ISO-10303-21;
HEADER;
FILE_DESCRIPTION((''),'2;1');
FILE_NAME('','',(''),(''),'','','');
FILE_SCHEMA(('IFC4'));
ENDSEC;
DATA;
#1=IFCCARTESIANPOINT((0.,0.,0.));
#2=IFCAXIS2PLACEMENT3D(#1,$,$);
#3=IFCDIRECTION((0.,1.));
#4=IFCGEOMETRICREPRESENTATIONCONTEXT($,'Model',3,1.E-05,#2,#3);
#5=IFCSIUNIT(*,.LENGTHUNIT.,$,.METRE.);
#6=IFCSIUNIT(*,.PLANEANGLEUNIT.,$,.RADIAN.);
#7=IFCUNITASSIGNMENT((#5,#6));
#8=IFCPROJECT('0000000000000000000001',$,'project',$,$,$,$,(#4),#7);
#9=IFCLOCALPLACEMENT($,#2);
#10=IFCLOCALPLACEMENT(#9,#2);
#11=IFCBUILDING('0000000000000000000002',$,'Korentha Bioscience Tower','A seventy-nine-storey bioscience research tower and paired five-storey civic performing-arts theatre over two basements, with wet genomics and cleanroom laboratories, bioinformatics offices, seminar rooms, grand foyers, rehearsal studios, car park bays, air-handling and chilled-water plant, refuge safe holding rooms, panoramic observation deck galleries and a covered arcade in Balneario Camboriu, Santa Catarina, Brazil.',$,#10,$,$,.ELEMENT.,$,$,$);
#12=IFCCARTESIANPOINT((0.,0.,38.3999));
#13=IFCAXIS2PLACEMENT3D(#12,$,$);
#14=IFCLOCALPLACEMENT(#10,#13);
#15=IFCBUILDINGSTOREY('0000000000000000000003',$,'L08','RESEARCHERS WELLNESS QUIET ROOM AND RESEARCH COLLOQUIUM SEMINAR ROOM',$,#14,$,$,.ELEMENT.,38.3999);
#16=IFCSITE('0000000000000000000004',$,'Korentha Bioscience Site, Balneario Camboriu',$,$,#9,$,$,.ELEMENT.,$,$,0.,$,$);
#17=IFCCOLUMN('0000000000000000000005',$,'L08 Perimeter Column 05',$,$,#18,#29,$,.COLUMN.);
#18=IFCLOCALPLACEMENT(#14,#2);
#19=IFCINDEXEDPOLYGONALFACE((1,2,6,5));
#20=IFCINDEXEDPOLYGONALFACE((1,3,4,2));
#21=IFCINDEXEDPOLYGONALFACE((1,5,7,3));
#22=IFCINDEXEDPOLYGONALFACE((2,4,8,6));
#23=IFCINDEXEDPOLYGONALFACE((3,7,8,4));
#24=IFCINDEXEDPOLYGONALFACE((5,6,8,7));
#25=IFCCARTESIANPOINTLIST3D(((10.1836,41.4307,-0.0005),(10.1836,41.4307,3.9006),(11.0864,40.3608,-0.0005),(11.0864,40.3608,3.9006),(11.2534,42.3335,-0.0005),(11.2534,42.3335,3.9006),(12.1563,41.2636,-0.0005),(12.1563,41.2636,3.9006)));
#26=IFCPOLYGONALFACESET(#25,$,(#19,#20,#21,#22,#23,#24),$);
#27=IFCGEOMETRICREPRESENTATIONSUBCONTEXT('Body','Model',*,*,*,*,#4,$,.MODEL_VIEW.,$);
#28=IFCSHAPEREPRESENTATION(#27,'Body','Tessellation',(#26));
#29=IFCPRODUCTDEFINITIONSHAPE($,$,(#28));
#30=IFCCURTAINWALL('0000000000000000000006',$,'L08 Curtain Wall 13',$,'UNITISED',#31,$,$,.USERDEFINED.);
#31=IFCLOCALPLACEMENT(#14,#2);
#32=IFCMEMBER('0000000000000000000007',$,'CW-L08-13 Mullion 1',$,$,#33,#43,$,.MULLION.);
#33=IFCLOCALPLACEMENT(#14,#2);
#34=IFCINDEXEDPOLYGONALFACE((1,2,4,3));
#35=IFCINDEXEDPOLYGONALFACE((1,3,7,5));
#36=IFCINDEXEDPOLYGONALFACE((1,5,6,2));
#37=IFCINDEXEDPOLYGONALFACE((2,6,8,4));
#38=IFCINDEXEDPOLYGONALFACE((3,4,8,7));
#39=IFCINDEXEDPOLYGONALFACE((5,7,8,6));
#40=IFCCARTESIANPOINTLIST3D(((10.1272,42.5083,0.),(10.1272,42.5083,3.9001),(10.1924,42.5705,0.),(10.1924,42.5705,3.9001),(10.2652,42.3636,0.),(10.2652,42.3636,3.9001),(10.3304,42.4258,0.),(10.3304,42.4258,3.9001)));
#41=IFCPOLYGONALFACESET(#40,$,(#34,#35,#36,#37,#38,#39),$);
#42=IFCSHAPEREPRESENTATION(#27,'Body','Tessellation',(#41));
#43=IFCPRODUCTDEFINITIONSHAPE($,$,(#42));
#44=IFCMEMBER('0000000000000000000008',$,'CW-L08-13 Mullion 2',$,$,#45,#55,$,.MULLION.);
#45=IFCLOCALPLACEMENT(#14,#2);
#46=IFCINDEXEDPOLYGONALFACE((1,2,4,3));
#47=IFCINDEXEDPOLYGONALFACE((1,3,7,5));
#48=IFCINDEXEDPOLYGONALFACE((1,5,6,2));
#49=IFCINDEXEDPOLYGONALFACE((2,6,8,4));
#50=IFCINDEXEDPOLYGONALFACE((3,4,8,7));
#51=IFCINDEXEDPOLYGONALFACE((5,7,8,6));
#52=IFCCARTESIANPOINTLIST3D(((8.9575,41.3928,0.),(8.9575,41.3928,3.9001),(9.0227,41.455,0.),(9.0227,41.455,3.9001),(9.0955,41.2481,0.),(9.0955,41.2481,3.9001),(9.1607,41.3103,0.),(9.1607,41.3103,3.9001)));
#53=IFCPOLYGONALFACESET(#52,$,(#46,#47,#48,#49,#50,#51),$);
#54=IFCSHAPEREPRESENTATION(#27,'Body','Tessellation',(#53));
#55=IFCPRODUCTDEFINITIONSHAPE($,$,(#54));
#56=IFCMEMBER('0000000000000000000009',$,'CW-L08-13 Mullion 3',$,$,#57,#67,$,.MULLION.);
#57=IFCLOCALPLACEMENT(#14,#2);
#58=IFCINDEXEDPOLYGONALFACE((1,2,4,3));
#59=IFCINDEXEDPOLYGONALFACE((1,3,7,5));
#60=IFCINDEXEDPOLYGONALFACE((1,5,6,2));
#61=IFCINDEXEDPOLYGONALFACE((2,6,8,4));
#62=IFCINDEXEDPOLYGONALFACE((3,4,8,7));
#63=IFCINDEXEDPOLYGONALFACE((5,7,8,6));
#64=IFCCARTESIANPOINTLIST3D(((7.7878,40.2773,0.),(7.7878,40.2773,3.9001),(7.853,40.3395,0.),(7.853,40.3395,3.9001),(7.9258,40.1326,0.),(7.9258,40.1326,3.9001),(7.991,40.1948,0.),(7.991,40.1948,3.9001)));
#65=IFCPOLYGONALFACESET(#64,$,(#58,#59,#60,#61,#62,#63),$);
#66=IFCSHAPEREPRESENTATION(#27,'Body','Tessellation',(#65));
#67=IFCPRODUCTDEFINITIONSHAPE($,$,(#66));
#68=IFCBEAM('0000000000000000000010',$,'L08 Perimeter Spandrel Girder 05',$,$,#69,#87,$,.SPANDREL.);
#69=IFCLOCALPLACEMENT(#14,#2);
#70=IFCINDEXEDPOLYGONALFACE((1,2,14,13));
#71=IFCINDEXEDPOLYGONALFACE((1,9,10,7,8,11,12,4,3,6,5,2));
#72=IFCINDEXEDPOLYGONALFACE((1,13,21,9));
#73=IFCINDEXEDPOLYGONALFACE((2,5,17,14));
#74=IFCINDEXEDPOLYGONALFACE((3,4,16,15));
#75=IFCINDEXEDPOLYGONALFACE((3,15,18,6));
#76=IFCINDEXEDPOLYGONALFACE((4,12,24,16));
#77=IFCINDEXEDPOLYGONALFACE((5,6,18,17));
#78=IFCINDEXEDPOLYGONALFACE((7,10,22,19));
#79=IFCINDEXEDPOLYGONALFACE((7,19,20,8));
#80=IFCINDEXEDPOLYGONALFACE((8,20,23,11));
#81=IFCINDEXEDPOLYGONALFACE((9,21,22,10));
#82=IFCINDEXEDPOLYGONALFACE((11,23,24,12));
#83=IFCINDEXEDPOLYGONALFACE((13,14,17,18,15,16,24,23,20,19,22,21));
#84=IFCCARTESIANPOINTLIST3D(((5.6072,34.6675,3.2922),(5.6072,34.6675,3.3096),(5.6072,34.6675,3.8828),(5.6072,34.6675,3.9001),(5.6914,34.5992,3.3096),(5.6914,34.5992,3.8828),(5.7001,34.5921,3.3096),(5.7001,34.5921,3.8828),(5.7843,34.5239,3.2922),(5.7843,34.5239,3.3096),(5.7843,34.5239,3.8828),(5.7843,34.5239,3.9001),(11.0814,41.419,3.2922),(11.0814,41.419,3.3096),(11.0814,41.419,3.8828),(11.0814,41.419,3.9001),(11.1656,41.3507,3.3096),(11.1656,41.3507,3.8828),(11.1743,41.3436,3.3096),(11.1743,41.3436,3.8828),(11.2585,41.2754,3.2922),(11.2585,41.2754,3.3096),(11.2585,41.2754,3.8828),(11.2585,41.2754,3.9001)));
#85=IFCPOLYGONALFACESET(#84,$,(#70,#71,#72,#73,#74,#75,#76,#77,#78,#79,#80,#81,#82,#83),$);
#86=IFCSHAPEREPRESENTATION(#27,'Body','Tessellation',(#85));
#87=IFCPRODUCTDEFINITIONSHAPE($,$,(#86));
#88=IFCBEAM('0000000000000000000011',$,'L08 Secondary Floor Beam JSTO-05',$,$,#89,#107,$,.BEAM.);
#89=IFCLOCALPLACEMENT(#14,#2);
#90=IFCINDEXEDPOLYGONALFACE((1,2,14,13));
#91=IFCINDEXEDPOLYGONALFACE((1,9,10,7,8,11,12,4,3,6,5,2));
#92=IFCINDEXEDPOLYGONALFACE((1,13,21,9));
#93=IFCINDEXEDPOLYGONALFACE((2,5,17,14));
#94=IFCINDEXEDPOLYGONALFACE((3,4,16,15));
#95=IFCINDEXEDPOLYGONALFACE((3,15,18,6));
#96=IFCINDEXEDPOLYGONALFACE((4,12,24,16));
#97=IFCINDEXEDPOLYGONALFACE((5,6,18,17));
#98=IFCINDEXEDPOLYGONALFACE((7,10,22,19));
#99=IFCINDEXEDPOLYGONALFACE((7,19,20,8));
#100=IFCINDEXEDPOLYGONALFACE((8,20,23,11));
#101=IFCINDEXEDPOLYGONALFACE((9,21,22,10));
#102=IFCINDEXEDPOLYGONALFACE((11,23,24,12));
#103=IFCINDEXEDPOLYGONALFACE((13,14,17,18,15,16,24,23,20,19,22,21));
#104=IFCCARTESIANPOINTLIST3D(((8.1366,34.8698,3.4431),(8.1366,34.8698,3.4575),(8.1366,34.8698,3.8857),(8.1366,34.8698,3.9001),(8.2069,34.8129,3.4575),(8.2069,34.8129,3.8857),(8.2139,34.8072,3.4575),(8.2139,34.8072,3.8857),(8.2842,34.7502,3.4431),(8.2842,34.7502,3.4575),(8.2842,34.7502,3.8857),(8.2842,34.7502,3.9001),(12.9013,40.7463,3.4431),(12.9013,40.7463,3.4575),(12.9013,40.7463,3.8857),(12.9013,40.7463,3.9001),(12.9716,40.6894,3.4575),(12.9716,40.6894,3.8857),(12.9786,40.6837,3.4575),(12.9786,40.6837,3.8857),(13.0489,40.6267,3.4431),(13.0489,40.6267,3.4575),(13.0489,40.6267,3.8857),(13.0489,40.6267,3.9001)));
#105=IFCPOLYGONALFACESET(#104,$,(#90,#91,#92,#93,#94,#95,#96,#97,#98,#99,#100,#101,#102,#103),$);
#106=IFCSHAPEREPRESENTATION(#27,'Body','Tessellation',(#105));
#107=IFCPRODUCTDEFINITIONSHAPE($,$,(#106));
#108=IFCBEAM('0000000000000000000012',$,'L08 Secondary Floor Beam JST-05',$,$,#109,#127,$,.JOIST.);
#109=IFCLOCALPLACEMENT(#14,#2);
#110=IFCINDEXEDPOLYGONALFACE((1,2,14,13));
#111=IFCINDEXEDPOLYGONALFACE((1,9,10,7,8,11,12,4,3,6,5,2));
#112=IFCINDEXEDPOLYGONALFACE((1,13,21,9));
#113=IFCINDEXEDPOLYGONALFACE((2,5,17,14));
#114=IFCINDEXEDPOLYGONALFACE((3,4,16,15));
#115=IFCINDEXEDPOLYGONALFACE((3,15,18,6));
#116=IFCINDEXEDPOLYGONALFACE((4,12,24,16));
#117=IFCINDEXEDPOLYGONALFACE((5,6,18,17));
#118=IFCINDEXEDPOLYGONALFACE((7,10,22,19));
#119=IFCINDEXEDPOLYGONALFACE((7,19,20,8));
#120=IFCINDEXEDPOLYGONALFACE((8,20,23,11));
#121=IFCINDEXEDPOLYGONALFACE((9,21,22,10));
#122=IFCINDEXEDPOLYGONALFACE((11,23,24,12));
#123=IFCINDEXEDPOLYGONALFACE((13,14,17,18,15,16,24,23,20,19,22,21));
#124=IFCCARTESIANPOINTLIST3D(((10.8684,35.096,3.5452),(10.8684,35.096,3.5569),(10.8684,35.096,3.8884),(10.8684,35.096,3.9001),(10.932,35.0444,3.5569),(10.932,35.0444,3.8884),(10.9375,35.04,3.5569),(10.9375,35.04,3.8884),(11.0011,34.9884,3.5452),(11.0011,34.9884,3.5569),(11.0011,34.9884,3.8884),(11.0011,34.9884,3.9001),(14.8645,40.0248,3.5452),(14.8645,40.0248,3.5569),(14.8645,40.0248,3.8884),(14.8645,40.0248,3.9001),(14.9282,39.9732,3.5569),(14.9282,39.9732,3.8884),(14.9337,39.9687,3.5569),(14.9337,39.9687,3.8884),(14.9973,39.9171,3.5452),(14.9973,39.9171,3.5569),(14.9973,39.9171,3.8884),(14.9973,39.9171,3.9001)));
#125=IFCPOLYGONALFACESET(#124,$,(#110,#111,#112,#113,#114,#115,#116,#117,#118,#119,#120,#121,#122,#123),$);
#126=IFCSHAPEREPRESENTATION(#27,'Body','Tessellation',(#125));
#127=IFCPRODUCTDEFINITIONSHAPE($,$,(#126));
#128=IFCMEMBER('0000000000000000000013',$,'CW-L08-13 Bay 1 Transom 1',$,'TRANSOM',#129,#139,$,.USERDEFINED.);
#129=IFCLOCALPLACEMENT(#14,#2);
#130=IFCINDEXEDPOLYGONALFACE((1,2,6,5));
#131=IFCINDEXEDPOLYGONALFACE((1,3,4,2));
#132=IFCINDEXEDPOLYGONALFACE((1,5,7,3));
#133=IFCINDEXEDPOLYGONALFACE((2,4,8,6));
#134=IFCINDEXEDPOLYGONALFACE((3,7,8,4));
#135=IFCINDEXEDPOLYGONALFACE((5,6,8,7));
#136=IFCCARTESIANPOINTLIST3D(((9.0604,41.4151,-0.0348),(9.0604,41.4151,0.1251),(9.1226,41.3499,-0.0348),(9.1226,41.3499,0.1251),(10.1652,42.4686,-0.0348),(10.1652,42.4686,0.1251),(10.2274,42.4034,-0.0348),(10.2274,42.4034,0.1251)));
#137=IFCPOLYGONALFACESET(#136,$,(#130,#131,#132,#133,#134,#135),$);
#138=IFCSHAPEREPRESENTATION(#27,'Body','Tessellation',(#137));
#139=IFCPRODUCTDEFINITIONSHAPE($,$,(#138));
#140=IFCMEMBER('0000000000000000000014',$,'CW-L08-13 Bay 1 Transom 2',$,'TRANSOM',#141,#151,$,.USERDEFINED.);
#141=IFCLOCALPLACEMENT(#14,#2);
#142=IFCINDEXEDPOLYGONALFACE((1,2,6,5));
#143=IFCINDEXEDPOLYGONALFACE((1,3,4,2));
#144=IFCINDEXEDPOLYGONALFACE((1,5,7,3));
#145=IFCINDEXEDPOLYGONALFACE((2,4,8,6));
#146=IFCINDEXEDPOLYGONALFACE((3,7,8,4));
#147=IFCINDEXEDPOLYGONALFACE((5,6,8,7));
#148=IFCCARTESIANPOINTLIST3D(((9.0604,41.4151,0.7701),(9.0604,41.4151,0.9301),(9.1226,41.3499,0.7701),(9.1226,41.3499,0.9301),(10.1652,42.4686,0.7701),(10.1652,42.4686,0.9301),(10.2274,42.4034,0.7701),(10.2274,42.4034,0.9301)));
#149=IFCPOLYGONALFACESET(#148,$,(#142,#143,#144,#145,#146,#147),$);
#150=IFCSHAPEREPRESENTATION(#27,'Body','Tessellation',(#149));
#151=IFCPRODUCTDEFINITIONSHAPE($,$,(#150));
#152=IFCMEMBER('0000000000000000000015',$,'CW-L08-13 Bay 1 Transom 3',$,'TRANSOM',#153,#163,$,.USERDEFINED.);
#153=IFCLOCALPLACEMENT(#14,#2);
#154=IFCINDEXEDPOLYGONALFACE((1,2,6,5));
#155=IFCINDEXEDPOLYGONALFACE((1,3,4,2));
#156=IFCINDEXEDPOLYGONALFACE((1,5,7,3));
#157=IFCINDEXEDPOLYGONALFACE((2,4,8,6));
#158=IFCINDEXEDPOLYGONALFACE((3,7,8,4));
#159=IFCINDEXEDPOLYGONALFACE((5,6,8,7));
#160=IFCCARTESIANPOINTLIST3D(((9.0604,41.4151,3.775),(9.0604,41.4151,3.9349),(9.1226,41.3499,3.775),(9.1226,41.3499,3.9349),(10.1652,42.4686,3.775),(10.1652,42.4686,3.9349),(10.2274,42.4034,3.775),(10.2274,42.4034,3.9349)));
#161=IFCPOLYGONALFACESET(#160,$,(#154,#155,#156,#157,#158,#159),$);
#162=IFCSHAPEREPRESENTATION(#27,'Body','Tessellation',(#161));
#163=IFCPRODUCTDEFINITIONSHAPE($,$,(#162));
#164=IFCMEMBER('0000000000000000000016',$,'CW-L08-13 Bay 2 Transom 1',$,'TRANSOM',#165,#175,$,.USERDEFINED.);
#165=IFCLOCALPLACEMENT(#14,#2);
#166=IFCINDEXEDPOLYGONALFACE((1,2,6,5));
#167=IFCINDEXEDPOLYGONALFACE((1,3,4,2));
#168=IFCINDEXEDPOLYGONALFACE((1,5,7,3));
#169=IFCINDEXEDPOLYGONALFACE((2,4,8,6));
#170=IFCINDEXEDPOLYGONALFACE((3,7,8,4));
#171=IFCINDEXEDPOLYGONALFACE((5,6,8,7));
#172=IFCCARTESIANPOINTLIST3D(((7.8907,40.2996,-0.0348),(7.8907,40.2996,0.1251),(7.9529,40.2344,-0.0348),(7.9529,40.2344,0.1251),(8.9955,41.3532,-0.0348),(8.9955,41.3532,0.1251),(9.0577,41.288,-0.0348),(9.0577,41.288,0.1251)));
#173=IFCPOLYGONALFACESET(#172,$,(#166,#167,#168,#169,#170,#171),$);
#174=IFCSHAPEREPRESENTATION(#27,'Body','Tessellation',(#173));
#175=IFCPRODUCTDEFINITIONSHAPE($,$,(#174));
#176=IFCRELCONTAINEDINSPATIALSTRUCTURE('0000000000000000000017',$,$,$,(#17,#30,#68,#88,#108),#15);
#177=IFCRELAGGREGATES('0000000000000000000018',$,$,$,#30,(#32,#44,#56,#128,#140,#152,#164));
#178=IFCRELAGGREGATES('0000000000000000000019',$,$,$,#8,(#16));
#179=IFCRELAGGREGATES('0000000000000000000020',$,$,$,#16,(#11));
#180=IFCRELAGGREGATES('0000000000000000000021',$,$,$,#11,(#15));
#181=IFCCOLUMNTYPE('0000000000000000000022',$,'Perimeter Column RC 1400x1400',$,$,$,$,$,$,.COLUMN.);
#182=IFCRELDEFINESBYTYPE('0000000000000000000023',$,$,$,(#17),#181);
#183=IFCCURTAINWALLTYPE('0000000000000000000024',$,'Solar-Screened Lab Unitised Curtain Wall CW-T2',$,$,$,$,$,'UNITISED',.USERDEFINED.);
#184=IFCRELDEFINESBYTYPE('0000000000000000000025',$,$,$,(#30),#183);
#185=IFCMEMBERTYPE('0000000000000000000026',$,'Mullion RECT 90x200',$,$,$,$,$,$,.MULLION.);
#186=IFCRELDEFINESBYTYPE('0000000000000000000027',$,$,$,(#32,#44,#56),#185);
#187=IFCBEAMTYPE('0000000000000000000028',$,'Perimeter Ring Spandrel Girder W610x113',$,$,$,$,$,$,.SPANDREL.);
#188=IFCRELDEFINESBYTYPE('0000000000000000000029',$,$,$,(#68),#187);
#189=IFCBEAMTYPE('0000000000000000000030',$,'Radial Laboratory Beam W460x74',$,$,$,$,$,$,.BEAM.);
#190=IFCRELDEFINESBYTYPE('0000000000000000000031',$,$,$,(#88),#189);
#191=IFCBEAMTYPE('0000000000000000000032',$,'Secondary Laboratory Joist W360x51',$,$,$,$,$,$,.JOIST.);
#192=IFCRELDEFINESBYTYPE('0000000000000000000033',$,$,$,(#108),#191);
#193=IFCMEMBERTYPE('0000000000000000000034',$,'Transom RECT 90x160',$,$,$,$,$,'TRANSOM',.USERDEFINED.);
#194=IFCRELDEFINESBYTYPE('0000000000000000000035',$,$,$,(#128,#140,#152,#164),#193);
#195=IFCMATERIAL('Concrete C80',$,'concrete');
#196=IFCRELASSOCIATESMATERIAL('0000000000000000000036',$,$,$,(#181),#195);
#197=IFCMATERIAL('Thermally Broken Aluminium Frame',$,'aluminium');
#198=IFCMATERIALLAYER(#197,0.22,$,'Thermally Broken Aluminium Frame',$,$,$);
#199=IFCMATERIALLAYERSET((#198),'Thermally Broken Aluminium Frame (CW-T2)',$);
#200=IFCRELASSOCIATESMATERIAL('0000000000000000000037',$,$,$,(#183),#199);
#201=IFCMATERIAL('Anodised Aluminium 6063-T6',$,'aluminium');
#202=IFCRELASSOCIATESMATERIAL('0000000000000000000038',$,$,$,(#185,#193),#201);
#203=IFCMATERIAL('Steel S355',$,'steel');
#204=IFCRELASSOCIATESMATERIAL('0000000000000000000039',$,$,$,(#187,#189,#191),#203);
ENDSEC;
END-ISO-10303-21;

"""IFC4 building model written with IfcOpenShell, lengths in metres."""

from ifc_helpers import new_model, si_unit, direction, frame, origin, origin_2d, place, context, subcontext, project, spatial, rectangle, i_section, extrude, material, layer, layer_set, material_profile, profile_set, type_object, element, aggregate, save


model = new_model("IFC4")

# Units and contexts
model_context = context("Model", 3, precision=1e-05, world=origin(), true_north=direction((0.0, 1.0)))
body_context = subcontext(model_context, "Body", "Model", "MODEL_VIEW")
ifc_project = project(units=[si_unit("LENGTHUNIT", "METRE"), si_unit("PLANEANGLEUNIT", "RADIAN")], contexts=[model_context])

# Site, building, storey
site_placement = place(None, origin())
site = spatial("IfcSite", under=ifc_project, at=site_placement, Name="Korentha Bioscience Site, Balneario Camboriu", CompositionType="ELEMENT", RefElevation=0.0)
building_placement = place(site_placement, origin())
building = spatial("IfcBuilding", under=site, at=building_placement, Name="Korentha Bioscience Tower", Description="A seventy-nine-storey bioscience research tower and paired five-storey civic performing-arts theatre over two basements, with wet genomics and cleanroom laboratories, bioinformatics offices, seminar rooms, grand foyers, rehearsal studios, car park bays, air-handling and chilled-water plant, refuge safe holding rooms, panoramic observation deck galleries and a covered arcade in Balneario Camboriu, Santa Catarina, Brazil.", CompositionType="ELEMENT")
storey_placement = place(building_placement, frame((0.0, 0.0, 38.3999)))
storey = spatial("IfcBuildingStorey", under=building, at=storey_placement, Name="L08", Description="RESEARCHERS WELLNESS QUIET ROOM AND RESEARCH COLLOQUIUM SEMINAR ROOM", CompositionType="ELEMENT", Elevation=38.3999)

# Column
ifc_material_1 = material(Name="Concrete C80", Category="concrete")
ifc_material_profile_1 = material_profile(ifc_material_1, rectangle(XDim=1.3999, YDim=1.3999, at=origin_2d()), Name="Concrete C80")
ifc_profile_set_1 = profile_set([ifc_material_profile_1], Name="Concrete C80 (COL-P14)")
column_type = type_object("IfcColumnType", Name="Perimeter Column RC 1400x1400", PredefinedType="COLUMN", material=ifc_profile_set_1)
column_placement = place(storey_placement, frame((11.1699, 41.3472, -0.0005), z_axis=(0.0, 0.0, 1.0), x_axis=(0.764246, 0.644924, 0.0)))
element("IfcColumn", 1, at=column_placement, inside=storey, type_object=column_type, Name="L08 Perimeter Column 05", PredefinedType="COLUMN", context=body_context, shape_type="SweptSolid", body=[
    extrude(rectangle(XDim=1.3999, YDim=1.3999, at=origin_2d()), origin(), (0.0, 0.0, 1.0), 3.9011),
])

# Curtain wall, members
ifc_material_2 = material(Name="Thermally Broken Aluminium Frame", Category="aluminium")
ifc_layer_1 = layer(ifc_material_2, 0.22, Name="Thermally Broken Aluminium Frame")
ifc_layer_set_1 = layer_set([ifc_layer_1], Name="Thermally Broken Aluminium Frame (CW-T2)")
curtain_wall_type = type_object("IfcCurtainWallType", Name="Solar-Screened Lab Unitised Curtain Wall CW-T2", ElementType="UNITISED", PredefinedType="USERDEFINED", material=ifc_layer_set_1)
curtain_wall_placement = place(storey_placement, origin())
curtain_wall = element("IfcCurtainWall", 2, at=curtain_wall_placement, inside=storey, type_object=curtain_wall_type, Name="L08 Curtain Wall 13", ObjectType="UNITISED", PredefinedType="USERDEFINED")
ifc_material_3 = material(Name="Anodised Aluminium 6063-T6", Category="aluminium")
ifc_material_profile_2 = material_profile(ifc_material_3, rectangle(XDim=0.0901, YDim=0.2, at=origin_2d()), Name="Anodised Aluminium 6063-T6")
ifc_profile_set_2 = profile_set([ifc_material_profile_2], Name="Anodised Aluminium 6063-T6 (CW-MUL)")
member_type_1 = type_object("IfcMemberType", Name="Mullion RECT 90x200", PredefinedType="MULLION", material=ifc_profile_set_2)
member_1_placement = place(storey_placement, frame((10.2288, 42.467, 0.0), z_axis=(0.0, 0.0, 1.0), x_axis=(-0.723642, -0.690176, 0.0)))
member_1 = element("IfcMember", 3, at=member_1_placement, type_object=member_type_1, Name="CW-L08-13 Mullion 1", PredefinedType="MULLION", context=body_context, shape_type="SweptSolid", body=[
    extrude(rectangle(XDim=0.0901, YDim=0.2, at=origin_2d()), origin(), (0.0, 0.0, 1.0), 3.9001),
])
member_2_placement = place(storey_placement, frame((9.0591, 41.3516, 0.0), z_axis=(0.0, 0.0, 1.0), x_axis=(-0.723642, -0.690176, 0.0)))
member_2 = element("IfcMember", 4, at=member_2_placement, type_object=member_type_1, Name="CW-L08-13 Mullion 2", PredefinedType="MULLION", context=body_context, shape_type="SweptSolid", body=[
    extrude(rectangle(XDim=0.0901, YDim=0.2, at=origin_2d()), origin(), (0.0, 0.0, 1.0), 3.9001),
])
member_3_placement = place(storey_placement, frame((7.8894, 40.2361, 0.0), z_axis=(0.0, 0.0, 1.0), x_axis=(-0.723642, -0.690176, 0.0)))
member_3 = element("IfcMember", 5, at=member_3_placement, type_object=member_type_1, Name="CW-L08-13 Mullion 3", PredefinedType="MULLION", context=body_context, shape_type="SweptSolid", body=[
    extrude(rectangle(XDim=0.0901, YDim=0.2, at=origin_2d()), origin(), (0.0, 0.0, 1.0), 3.9001),
])

# Beams
ifc_material_4 = material(Name="Steel S355", Category="steel")
ifc_material_profile_3 = material_profile(ifc_material_4, i_section(OverallWidth=0.228, OverallDepth=0.6079, WebThickness=0.0112, FlangeThickness=0.0173, at=origin_2d()), Name="Steel S355")
ifc_profile_set_3 = profile_set([ifc_material_profile_3], Name="Steel S355 (SB-610)")
beam_type_1 = type_object("IfcBeamType", Name="Perimeter Ring Spandrel Girder W610x113", PredefinedType="SPANDREL", material=ifc_profile_set_3)
beam_1_placement = place(storey_placement, frame((11.1699, 41.3472, 3.5962), z_axis=(-0.629799, -0.776758, 0.0), x_axis=(0.776758, -0.629799, 0.0)))
element("IfcBeam", 6, at=beam_1_placement, inside=storey, type_object=beam_type_1, Name="L08 Perimeter Spandrel Girder 05", PredefinedType="SPANDREL", context=body_context, shape_type="SweptSolid", body=[
    extrude(i_section(OverallWidth=0.228, OverallDepth=0.6079, WebThickness=0.0112, FlangeThickness=0.0173, at=origin_2d()), origin(), (0.0, 0.0, 1.0), 8.6919),
])
ifc_material_profile_4 = material_profile(ifc_material_4, i_section(OverallWidth=0.1899, OverallDepth=0.457, WebThickness=0.009, FlangeThickness=0.0144, at=origin_2d()), Name="Steel S355")
ifc_profile_set_4 = profile_set([ifc_material_profile_4], Name="Steel S355 (RB-460)")
beam_type_2 = type_object("IfcBeamType", Name="Radial Laboratory Beam W460x74", PredefinedType="BEAM", material=ifc_profile_set_4)
beam_2_placement = place(storey_placement, frame((12.9751, 40.6865, 3.6716), z_axis=(-0.629798, -0.776759, 0.0), x_axis=(0.776759, -0.629798, 0.0)))
element("IfcBeam", 7, at=beam_2_placement, inside=storey, type_object=beam_type_2, Name="L08 Secondary Floor Beam JSTO-05", PredefinedType="BEAM", context=body_context, shape_type="SweptSolid", body=[
    extrude(i_section(OverallWidth=0.1899, OverallDepth=0.457, WebThickness=0.009, FlangeThickness=0.0144, at=origin_2d()), origin(), (0.0, 0.0, 1.0), 7.5654),
])
ifc_material_profile_5 = material_profile(ifc_material_4, i_section(OverallWidth=0.1709, OverallDepth=0.355, WebThickness=0.0071, FlangeThickness=0.0117, at=origin_2d()), Name="Steel S355")
ifc_profile_set_5 = profile_set([ifc_material_profile_5], Name="Steel S355 (JB-360)")
beam_type_3 = type_object("IfcBeamType", Name="Secondary Laboratory Joist W360x51", PredefinedType="JOIST", material=ifc_profile_set_5)
beam_3_placement = place(storey_placement, frame((14.9309, 39.9709, 3.7227), z_axis=(-0.629787, -0.776768, 0.0), x_axis=(0.776768, -0.629787, 0.0)))
element("IfcBeam", 8, at=beam_3_placement, inside=storey, type_object=beam_type_3, Name="L08 Secondary Floor Beam JST-05", PredefinedType="JOIST", context=body_context, shape_type="SweptSolid", body=[
    extrude(i_section(OverallWidth=0.1709, OverallDepth=0.355, WebThickness=0.0071, FlangeThickness=0.0117, at=origin_2d()), origin(), (0.0, 0.0, 1.0), 6.3452),
])

# Members
ifc_material_profile_6 = material_profile(ifc_material_3, rectangle(XDim=0.0901, YDim=0.1599, at=origin_2d()), Name="Anodised Aluminium 6063-T6")
ifc_profile_set_6 = profile_set([ifc_material_profile_6], Name="Anodised Aluminium 6063-T6 (CW-TRN)")
member_type_2 = type_object("IfcMemberType", Name="Transom RECT 90x160", ElementType="TRANSOM", PredefinedType="USERDEFINED", material=ifc_profile_set_6)
member_4_placement = place(storey_placement, frame((10.1963, 42.436, 0.0452), z_axis=(-0.7237, -0.690114, 0.0), x_axis=(0.690114, -0.7237, 0.0)))
member_4 = element("IfcMember", 9, at=member_4_placement, type_object=member_type_2, Name="CW-L08-13 Bay 1 Transom 1", ObjectType="TRANSOM", PredefinedType="USERDEFINED", context=body_context, shape_type="SweptSolid", body=[
    extrude(rectangle(XDim=0.0901, YDim=0.1599, at=origin_2d()), origin(), (0.0, 0.0, 1.0), 1.5266),
])
member_5_placement = place(storey_placement, frame((10.1963, 42.436, 0.8501), z_axis=(-0.7237, -0.690114, 0.0), x_axis=(0.690114, -0.7237, 0.0)))
member_5 = element("IfcMember", 10, at=member_5_placement, type_object=member_type_2, Name="CW-L08-13 Bay 1 Transom 2", ObjectType="TRANSOM", PredefinedType="USERDEFINED", context=body_context, shape_type="SweptSolid", body=[
    extrude(rectangle(XDim=0.0901, YDim=0.1599, at=origin_2d()), origin(), (0.0, 0.0, 1.0), 1.5266),
])
member_6_placement = place(storey_placement, frame((10.1963, 42.436, 3.855), z_axis=(-0.7237, -0.690114, 0.0), x_axis=(0.690114, -0.7237, 0.0)))
member_6 = element("IfcMember", 11, at=member_6_placement, type_object=member_type_2, Name="CW-L08-13 Bay 1 Transom 3", ObjectType="TRANSOM", PredefinedType="USERDEFINED", context=body_context, shape_type="SweptSolid", body=[
    extrude(rectangle(XDim=0.0901, YDim=0.1599, at=origin_2d()), origin(), (0.0, 0.0, 1.0), 1.5266),
])
member_7_placement = place(storey_placement, frame((9.0266, 41.3206, 0.0452), z_axis=(-0.7237, -0.690114, 0.0), x_axis=(0.690114, -0.7237, 0.0)))
member_7 = element("IfcMember", 12, at=member_7_placement, type_object=member_type_2, Name="CW-L08-13 Bay 2 Transom 1", ObjectType="TRANSOM", PredefinedType="USERDEFINED", context=body_context, shape_type="SweptSolid", body=[
    extrude(rectangle(XDim=0.0901, YDim=0.1599, at=origin_2d()), origin(), (0.0, 0.0, 1.0), 1.5266),
])

aggregate(curtain_wall, [member_1, member_2, member_3, member_4, member_5, member_6, member_7])

save(model, "model.ifc")
